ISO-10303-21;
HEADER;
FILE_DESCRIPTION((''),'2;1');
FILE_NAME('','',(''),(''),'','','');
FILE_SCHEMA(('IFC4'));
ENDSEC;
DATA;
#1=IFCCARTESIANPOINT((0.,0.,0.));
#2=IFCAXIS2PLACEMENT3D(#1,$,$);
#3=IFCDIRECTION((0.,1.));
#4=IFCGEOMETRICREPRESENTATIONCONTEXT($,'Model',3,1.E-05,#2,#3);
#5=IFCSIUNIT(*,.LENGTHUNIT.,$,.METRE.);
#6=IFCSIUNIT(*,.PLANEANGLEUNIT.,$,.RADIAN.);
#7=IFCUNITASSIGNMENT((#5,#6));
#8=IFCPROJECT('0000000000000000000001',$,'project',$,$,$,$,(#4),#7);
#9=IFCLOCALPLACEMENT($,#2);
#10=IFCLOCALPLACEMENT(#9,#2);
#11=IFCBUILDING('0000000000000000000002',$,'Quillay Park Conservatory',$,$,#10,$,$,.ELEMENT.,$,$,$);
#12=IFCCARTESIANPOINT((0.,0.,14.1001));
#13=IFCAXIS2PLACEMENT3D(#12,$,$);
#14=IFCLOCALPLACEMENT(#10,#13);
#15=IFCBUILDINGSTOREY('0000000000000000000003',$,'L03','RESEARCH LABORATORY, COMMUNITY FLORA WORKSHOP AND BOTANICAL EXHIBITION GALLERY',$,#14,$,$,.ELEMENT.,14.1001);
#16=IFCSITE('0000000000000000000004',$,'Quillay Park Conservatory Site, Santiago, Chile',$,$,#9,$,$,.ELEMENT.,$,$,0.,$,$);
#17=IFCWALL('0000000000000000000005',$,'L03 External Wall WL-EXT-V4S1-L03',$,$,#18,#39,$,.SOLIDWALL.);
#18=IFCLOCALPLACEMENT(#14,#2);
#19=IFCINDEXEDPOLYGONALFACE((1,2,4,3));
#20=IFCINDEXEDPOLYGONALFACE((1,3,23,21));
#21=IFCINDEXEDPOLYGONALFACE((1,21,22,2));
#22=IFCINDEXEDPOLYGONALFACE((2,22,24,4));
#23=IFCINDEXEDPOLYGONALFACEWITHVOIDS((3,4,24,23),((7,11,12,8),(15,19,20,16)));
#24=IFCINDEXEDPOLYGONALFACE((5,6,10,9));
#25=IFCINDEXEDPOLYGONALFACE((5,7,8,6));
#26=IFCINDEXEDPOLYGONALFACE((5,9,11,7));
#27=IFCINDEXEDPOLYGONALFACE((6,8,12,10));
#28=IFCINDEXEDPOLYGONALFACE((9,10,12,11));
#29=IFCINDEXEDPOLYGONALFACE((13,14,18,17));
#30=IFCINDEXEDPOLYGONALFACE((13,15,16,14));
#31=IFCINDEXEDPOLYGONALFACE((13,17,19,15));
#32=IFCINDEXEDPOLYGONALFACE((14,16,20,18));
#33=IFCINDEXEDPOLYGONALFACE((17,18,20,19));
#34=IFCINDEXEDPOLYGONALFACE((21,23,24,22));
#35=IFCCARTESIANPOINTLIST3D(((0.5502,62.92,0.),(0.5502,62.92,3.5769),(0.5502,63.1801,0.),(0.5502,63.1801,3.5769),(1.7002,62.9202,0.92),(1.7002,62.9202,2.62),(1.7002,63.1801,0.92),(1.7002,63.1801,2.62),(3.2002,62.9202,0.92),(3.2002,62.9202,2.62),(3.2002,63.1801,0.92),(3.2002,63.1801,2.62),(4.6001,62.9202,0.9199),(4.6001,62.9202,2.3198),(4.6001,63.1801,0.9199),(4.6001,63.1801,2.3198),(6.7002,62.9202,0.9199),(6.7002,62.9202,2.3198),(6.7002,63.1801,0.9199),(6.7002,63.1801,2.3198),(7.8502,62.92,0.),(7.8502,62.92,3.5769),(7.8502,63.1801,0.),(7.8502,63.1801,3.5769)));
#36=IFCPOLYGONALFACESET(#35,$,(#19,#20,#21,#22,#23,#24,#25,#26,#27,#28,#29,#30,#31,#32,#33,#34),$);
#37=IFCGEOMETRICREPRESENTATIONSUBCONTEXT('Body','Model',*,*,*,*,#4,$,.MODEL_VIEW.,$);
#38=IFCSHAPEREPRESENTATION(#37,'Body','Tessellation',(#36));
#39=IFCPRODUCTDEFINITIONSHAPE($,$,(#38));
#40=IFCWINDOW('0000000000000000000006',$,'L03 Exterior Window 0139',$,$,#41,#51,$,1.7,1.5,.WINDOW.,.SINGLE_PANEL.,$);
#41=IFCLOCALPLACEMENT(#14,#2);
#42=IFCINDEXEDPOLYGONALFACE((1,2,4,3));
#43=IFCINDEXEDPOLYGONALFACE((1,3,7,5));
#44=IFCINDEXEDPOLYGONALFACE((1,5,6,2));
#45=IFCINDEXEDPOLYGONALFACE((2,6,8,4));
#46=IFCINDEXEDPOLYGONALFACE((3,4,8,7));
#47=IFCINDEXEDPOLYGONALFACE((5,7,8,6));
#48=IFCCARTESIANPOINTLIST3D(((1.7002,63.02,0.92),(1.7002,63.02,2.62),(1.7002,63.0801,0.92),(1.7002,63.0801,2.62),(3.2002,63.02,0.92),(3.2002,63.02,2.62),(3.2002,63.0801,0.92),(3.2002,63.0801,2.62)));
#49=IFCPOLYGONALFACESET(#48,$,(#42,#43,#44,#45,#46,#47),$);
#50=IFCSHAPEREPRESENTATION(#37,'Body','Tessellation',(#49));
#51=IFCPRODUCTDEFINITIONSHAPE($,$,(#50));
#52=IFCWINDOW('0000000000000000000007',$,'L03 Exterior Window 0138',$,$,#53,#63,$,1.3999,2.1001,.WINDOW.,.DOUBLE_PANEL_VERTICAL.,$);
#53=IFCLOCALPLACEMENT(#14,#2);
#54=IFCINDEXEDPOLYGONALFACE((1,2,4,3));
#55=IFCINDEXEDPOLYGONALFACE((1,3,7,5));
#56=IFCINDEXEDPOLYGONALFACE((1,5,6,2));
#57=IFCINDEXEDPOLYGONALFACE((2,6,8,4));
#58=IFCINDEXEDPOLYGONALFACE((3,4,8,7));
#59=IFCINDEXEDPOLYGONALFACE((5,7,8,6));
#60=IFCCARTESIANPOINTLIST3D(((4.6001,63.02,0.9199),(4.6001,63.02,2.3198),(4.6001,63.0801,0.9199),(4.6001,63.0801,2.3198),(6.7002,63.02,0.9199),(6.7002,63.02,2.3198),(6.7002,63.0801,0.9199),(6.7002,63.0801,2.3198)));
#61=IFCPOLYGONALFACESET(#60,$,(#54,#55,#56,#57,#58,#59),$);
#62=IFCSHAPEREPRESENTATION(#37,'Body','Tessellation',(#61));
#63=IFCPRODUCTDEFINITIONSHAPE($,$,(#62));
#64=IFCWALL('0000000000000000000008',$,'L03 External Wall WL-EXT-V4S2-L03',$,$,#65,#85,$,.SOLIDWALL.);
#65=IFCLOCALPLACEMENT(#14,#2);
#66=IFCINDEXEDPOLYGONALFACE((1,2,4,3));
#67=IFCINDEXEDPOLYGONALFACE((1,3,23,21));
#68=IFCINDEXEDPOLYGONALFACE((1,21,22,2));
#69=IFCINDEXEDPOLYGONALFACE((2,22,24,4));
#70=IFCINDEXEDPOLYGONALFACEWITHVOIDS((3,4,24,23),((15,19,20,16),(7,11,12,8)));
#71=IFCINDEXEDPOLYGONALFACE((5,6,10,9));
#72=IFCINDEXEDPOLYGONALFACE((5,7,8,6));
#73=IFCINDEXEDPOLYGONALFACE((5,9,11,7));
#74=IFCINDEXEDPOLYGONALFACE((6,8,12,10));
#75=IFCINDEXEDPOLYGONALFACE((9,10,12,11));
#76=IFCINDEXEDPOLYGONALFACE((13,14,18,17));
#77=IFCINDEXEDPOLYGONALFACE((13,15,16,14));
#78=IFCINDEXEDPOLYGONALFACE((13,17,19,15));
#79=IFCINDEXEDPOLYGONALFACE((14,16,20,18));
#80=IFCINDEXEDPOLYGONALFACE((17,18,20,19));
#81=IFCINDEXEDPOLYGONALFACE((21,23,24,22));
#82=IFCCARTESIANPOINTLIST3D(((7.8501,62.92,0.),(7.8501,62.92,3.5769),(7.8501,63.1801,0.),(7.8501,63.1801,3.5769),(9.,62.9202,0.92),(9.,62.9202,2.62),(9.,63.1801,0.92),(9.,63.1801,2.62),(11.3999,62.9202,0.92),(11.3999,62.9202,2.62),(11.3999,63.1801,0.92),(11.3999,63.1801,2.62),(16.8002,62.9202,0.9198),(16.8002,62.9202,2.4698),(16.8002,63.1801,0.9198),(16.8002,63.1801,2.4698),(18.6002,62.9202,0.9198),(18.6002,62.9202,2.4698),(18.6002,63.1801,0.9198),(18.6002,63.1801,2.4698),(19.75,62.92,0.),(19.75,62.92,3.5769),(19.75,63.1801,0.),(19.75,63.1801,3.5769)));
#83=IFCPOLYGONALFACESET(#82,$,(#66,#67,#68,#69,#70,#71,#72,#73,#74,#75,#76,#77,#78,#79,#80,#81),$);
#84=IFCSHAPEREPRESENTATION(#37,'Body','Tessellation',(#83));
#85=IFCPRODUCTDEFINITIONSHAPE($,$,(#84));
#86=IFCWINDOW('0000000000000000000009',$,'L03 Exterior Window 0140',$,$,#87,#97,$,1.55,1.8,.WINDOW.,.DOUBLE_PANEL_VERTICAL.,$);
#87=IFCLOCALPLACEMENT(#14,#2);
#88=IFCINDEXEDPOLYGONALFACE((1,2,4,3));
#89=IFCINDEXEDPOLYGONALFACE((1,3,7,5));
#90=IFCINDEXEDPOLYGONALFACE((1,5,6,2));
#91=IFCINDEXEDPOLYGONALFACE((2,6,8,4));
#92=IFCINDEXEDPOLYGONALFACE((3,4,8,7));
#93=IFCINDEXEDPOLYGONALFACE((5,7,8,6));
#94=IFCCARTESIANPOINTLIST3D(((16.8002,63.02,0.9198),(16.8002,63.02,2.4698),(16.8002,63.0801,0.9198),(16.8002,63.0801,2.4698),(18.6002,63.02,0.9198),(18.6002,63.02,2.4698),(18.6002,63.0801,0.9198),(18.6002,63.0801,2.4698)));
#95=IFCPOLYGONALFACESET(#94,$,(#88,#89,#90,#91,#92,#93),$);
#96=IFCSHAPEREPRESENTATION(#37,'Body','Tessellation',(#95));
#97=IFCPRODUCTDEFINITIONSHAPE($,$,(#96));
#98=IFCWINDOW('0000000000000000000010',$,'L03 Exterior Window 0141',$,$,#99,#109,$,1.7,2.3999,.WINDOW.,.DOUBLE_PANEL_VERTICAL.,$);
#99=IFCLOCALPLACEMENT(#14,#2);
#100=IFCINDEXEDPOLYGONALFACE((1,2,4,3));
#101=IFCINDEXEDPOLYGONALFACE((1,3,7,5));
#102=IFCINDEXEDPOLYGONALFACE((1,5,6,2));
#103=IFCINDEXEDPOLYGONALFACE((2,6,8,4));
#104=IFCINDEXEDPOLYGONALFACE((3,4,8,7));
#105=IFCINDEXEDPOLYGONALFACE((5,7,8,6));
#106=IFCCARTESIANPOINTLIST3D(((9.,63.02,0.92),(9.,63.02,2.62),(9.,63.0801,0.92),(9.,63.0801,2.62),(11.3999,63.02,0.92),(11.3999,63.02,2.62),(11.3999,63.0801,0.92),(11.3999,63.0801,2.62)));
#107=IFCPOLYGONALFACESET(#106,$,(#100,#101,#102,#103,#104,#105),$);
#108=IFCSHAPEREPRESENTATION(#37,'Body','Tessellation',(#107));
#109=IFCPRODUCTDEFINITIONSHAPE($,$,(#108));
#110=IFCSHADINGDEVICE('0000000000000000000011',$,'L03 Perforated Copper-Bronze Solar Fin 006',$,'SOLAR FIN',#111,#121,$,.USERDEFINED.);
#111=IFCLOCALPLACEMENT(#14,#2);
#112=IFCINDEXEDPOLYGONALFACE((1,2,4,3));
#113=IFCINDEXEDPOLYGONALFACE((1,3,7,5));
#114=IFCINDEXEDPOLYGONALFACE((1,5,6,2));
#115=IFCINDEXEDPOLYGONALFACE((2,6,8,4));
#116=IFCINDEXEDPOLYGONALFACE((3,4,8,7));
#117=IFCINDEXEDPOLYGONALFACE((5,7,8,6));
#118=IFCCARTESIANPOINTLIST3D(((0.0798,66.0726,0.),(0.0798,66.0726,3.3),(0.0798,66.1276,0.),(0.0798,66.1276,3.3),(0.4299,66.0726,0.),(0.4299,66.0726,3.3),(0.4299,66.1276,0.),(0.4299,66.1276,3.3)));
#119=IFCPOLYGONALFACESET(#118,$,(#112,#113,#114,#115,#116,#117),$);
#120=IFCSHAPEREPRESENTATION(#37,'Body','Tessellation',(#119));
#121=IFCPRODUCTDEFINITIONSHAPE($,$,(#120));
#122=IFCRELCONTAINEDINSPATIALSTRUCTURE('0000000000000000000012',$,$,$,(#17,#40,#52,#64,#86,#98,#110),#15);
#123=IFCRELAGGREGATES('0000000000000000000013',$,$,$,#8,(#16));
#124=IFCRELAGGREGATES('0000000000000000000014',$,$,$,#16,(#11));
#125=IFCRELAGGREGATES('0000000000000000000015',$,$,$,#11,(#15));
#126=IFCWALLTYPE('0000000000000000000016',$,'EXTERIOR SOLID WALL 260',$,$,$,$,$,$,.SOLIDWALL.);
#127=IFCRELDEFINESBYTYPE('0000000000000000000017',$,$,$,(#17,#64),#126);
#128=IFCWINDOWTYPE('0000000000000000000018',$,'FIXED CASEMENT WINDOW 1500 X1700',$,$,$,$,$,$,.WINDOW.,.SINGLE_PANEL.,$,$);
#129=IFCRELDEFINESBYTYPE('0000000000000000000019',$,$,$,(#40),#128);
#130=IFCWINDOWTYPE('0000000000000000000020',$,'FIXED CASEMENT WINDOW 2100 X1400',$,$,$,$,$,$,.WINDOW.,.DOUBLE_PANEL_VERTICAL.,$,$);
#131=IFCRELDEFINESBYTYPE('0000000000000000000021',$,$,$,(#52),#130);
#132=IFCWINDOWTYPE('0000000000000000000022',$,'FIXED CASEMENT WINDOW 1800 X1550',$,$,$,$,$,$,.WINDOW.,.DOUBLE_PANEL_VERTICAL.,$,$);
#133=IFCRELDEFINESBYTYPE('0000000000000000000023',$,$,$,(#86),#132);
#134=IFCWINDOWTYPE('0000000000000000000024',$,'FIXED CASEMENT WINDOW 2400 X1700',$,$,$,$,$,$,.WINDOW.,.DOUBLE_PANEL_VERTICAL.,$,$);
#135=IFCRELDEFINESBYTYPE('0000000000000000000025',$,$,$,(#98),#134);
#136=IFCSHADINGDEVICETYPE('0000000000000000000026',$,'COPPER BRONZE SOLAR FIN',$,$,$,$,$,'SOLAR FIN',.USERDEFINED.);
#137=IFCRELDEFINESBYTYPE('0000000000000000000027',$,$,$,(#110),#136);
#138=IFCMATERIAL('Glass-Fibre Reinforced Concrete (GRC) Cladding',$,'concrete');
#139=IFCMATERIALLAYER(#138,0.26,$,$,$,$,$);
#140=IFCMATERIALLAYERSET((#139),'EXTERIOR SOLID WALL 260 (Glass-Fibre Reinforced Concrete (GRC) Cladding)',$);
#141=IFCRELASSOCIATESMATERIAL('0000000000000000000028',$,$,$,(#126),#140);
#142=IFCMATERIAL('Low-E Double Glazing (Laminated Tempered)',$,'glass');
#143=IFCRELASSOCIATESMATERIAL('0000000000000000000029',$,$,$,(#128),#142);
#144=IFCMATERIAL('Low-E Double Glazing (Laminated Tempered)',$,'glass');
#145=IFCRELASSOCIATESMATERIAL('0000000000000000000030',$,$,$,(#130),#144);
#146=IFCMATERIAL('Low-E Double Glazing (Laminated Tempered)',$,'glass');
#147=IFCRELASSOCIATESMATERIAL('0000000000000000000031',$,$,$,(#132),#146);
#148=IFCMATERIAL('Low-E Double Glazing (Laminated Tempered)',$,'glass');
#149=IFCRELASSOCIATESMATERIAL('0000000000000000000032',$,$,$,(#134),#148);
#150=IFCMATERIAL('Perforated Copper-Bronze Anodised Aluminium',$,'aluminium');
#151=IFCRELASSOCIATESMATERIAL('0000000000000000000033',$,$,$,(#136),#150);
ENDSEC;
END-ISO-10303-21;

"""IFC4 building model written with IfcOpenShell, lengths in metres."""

from ifc_helpers import new_model, si_unit, direction, frame, frame_2d, origin, origin_2d, place, context, subcontext, project, spatial, rectangle, extrude, material, layer, layer_set, type_object, element, fill, save


model = new_model("IFC4")

# Units and contexts
model_context = context("Model", 3, precision=1e-05, world=origin(), true_north=direction((0.0, 1.0)))
body_context = subcontext(model_context, "Body", "Model", "MODEL_VIEW")
ifc_project = project(units=[si_unit("LENGTHUNIT", "METRE"), si_unit("PLANEANGLEUNIT", "RADIAN")], contexts=[model_context])

# Site, building, storey
site_placement = place(None, origin())
site = spatial("IfcSite", under=ifc_project, at=site_placement, Name="Quillay Park Conservatory Site, Santiago, Chile", CompositionType="ELEMENT", RefElevation=0.0)
building_placement = place(site_placement, origin())
building = spatial("IfcBuilding", under=site, at=building_placement, Name="Quillay Park Conservatory", CompositionType="ELEMENT")
storey_placement = place(building_placement, frame((0.0, 0.0, 14.1001)))
storey = spatial("IfcBuildingStorey", under=building, at=storey_placement, Name="L03", Description="RESEARCH LABORATORY, COMMUNITY FLORA WORKSHOP AND BOTANICAL EXHIBITION GALLERY", CompositionType="ELEMENT", Elevation=14.1001)

# Walls, openings, windows
ifc_material_1 = material(Name="Glass-Fibre Reinforced Concrete (GRC) Cladding", Category="concrete")
ifc_layer_1 = layer(ifc_material_1, 0.26)
ifc_layer_set_1 = layer_set([ifc_layer_1], Name="EXTERIOR SOLID WALL 260 (Glass-Fibre Reinforced Concrete (GRC) Cladding)")
wall_type_1 = type_object("IfcWallType", Name="EXTERIOR SOLID WALL 260", PredefinedType="SOLIDWALL", material=ifc_layer_set_1)
wall_1_placement = place(storey_placement, frame((7.8501, 63.05, 0.0), z_axis=(0.0, 0.0, 1.0), x_axis=(-1.0, 0.0, 0.0)))
wall_1 = element("IfcWall", 1, at=wall_1_placement, inside=storey, type_object=wall_type_1, Name="L03 External Wall WL-EXT-V4S1-L03", PredefinedType="SOLIDWALL", context=body_context, shape_type="SweptSolid", body=[
    extrude(rectangle(XDim=7.3, YDim=0.26, at=frame_2d((3.6499, 0.0))), origin(), (0.0, 0.0, 1.0), 3.5769),
])
opening_1_placement = place(wall_1_placement, frame((1.1499, 0.0, 0.9199)))
opening_1 = element("IfcOpeningElement", 2, at=opening_1_placement, cuts=wall_1, PredefinedType="OPENING", context=body_context, shape_type="SweptSolid", body=[
    extrude(rectangle(XDim=2.1001, YDim=1.3999, at=frame_2d((1.05, 0.7))), frame((0.0, 0.1299, 0.0), z_axis=(0.0, -1.0, 0.0), x_axis=(1.0, 0.0, 0.0)), (0.0, 0.0, 1.0), 0.26),
])
opening_2_placement = place(wall_1_placement, frame((4.6499, 0.0, 0.9199)))
opening_2 = element("IfcOpeningElement", 3, at=opening_2_placement, cuts=wall_1, PredefinedType="OPENING", context=body_context, shape_type="SweptSolid", body=[
    extrude(rectangle(XDim=1.5, YDim=1.7, at=frame_2d((0.75, 0.8501))), frame((0.0, 0.1299, 0.0), z_axis=(0.0, -1.0, 0.0), x_axis=(1.0, 0.0, 0.0)), (0.0, 0.0, 1.0), 0.26),
])
ifc_material_2 = material(Name="Low-E Double Glazing (Laminated Tempered)", Category="glass")
window_type_1 = type_object("IfcWindowType", Name="FIXED CASEMENT WINDOW 1500 X1700", PartitioningType="SINGLE_PANEL", PredefinedType="WINDOW", material=ifc_material_2)
window_1_placement = place(opening_2_placement, origin())
window_1 = element("IfcWindow", 4, at=window_1_placement, inside=storey, type_object=window_type_1, Name="L03 Exterior Window 0139", OverallHeight=1.7, OverallWidth=1.5, PartitioningType="SINGLE_PANEL", PredefinedType="WINDOW", context=body_context, shape_type="SweptSolid", body=[
    extrude(rectangle(XDim=1.5, YDim=1.7, at=frame_2d((0.75, 0.8501))), frame((0.0, 0.03, 0.0), z_axis=(0.0, -1.0, 0.0), x_axis=(1.0, 0.0, 0.0)), (0.0, 0.0, 1.0), 0.0601),
])
fill(opening_2, window_1)
ifc_material_3 = material(Name="Low-E Double Glazing (Laminated Tempered)", Category="glass")
window_type_2 = type_object("IfcWindowType", Name="FIXED CASEMENT WINDOW 2100 X1400", PartitioningType="DOUBLE_PANEL_VERTICAL", PredefinedType="WINDOW", material=ifc_material_3)
window_2_placement = place(opening_1_placement, origin())
window_2 = element("IfcWindow", 5, at=window_2_placement, inside=storey, type_object=window_type_2, Name="L03 Exterior Window 0138", OverallHeight=1.3999, OverallWidth=2.1001, PartitioningType="DOUBLE_PANEL_VERTICAL", PredefinedType="WINDOW", context=body_context, shape_type="SweptSolid", body=[
    extrude(rectangle(XDim=2.1001, YDim=1.3999, at=frame_2d((1.05, 0.7))), frame((0.0, 0.03, 0.0), z_axis=(0.0, -1.0, 0.0), x_axis=(1.0, 0.0, 0.0)), (0.0, 0.0, 1.0), 0.0601),
])
fill(opening_1, window_2)
wall_2_placement = place(storey_placement, frame((19.75, 63.05, 0.0), z_axis=(0.0, 0.0, 1.0), x_axis=(-1.0, 0.0, 0.0)))
wall_2 = element("IfcWall", 6, at=wall_2_placement, inside=storey, type_object=wall_type_1, Name="L03 External Wall WL-EXT-V4S2-L03", PredefinedType="SOLIDWALL", context=body_context, shape_type="SweptSolid", body=[
    extrude(rectangle(XDim=11.8999, YDim=0.26, at=frame_2d((5.95, 0.0))), origin(), (0.0, 0.0, 1.0), 3.5769),
])
opening_3_placement = place(wall_2_placement, frame((1.1499, 0.0, 0.9199)))
opening_3 = element("IfcOpeningElement", 7, at=opening_3_placement, cuts=wall_2, PredefinedType="OPENING", context=body_context, shape_type="SweptSolid", body=[
    extrude(rectangle(XDim=1.8, YDim=1.55, at=frame_2d((0.8999, 0.7749))), frame((0.0, 0.1299, 0.0), z_axis=(0.0, -1.0, 0.0), x_axis=(1.0, 0.0, 0.0)), (0.0, 0.0, 1.0), 0.26),
])
opening_4_placement = place(wall_2_placement, frame((8.3501, 0.0, 0.9199)))
opening_4 = element("IfcOpeningElement", 8, at=opening_4_placement, cuts=wall_2, PredefinedType="OPENING", context=body_context, shape_type="SweptSolid", body=[
    extrude(rectangle(XDim=2.3999, YDim=1.7, at=frame_2d((1.2, 0.8501))), frame((0.0, 0.1299, 0.0), z_axis=(0.0, -1.0, 0.0), x_axis=(1.0, 0.0, 0.0)), (0.0, 0.0, 1.0), 0.26),
])
ifc_material_4 = material(Name="Low-E Double Glazing (Laminated Tempered)", Category="glass")
window_type_3 = type_object("IfcWindowType", Name="FIXED CASEMENT WINDOW 1800 X1550", PartitioningType="DOUBLE_PANEL_VERTICAL", PredefinedType="WINDOW", material=ifc_material_4)
window_3_placement = place(opening_3_placement, origin())
window_3 = element("IfcWindow", 9, at=window_3_placement, inside=storey, type_object=window_type_3, Name="L03 Exterior Window 0140", OverallHeight=1.55, OverallWidth=1.8, PartitioningType="DOUBLE_PANEL_VERTICAL", PredefinedType="WINDOW", context=body_context, shape_type="SweptSolid", body=[
    extrude(rectangle(XDim=1.8, YDim=1.55, at=frame_2d((0.8999, 0.7749))), frame((0.0, 0.03, 0.0), z_axis=(0.0, -1.0, 0.0), x_axis=(1.0, 0.0, 0.0)), (0.0, 0.0, 1.0), 0.0601),
])
fill(opening_3, window_3)
ifc_material_5 = material(Name="Low-E Double Glazing (Laminated Tempered)", Category="glass")
window_type_4 = type_object("IfcWindowType", Name="FIXED CASEMENT WINDOW 2400 X1700", PartitioningType="DOUBLE_PANEL_VERTICAL", PredefinedType="WINDOW", material=ifc_material_5)
window_4_placement = place(opening_4_placement, origin())
window_4 = element("IfcWindow", 10, at=window_4_placement, inside=storey, type_object=window_type_4, Name="L03 Exterior Window 0141", OverallHeight=1.7, OverallWidth=2.3999, PartitioningType="DOUBLE_PANEL_VERTICAL", PredefinedType="WINDOW", context=body_context, shape_type="SweptSolid", body=[
    extrude(rectangle(XDim=2.3999, YDim=1.7, at=frame_2d((1.2, 0.8501))), frame((0.0, 0.03, 0.0), z_axis=(0.0, -1.0, 0.0), x_axis=(1.0, 0.0, 0.0)), (0.0, 0.0, 1.0), 0.0601),
])
fill(opening_4, window_4)

# Shading device
ifc_material_6 = material(Name="Perforated Copper-Bronze Anodised Aluminium", Category="aluminium")
shading_device_type = type_object("IfcShadingDeviceType", Name="COPPER BRONZE SOLAR FIN", ElementType="SOLAR FIN", PredefinedType="USERDEFINED", material=ifc_material_6)
shading_device_placement = place(storey_placement, frame((0.2549, 66.1001, 0.0), z_axis=(0.0, 0.0, 1.0), x_axis=(1.0, 0.0, 0.0)))
element("IfcShadingDevice", 11, at=shading_device_placement, inside=storey, type_object=shading_device_type, Name="L03 Perforated Copper-Bronze Solar Fin 006", ObjectType="SOLAR FIN", PredefinedType="USERDEFINED", context=body_context, shape_type="SweptSolid", body=[
    extrude(rectangle(XDim=0.3501, YDim=0.0549, at=origin_2d()), origin(), (0.0, 0.0, 1.0), 3.3),
])

save(model, "model.ifc")
